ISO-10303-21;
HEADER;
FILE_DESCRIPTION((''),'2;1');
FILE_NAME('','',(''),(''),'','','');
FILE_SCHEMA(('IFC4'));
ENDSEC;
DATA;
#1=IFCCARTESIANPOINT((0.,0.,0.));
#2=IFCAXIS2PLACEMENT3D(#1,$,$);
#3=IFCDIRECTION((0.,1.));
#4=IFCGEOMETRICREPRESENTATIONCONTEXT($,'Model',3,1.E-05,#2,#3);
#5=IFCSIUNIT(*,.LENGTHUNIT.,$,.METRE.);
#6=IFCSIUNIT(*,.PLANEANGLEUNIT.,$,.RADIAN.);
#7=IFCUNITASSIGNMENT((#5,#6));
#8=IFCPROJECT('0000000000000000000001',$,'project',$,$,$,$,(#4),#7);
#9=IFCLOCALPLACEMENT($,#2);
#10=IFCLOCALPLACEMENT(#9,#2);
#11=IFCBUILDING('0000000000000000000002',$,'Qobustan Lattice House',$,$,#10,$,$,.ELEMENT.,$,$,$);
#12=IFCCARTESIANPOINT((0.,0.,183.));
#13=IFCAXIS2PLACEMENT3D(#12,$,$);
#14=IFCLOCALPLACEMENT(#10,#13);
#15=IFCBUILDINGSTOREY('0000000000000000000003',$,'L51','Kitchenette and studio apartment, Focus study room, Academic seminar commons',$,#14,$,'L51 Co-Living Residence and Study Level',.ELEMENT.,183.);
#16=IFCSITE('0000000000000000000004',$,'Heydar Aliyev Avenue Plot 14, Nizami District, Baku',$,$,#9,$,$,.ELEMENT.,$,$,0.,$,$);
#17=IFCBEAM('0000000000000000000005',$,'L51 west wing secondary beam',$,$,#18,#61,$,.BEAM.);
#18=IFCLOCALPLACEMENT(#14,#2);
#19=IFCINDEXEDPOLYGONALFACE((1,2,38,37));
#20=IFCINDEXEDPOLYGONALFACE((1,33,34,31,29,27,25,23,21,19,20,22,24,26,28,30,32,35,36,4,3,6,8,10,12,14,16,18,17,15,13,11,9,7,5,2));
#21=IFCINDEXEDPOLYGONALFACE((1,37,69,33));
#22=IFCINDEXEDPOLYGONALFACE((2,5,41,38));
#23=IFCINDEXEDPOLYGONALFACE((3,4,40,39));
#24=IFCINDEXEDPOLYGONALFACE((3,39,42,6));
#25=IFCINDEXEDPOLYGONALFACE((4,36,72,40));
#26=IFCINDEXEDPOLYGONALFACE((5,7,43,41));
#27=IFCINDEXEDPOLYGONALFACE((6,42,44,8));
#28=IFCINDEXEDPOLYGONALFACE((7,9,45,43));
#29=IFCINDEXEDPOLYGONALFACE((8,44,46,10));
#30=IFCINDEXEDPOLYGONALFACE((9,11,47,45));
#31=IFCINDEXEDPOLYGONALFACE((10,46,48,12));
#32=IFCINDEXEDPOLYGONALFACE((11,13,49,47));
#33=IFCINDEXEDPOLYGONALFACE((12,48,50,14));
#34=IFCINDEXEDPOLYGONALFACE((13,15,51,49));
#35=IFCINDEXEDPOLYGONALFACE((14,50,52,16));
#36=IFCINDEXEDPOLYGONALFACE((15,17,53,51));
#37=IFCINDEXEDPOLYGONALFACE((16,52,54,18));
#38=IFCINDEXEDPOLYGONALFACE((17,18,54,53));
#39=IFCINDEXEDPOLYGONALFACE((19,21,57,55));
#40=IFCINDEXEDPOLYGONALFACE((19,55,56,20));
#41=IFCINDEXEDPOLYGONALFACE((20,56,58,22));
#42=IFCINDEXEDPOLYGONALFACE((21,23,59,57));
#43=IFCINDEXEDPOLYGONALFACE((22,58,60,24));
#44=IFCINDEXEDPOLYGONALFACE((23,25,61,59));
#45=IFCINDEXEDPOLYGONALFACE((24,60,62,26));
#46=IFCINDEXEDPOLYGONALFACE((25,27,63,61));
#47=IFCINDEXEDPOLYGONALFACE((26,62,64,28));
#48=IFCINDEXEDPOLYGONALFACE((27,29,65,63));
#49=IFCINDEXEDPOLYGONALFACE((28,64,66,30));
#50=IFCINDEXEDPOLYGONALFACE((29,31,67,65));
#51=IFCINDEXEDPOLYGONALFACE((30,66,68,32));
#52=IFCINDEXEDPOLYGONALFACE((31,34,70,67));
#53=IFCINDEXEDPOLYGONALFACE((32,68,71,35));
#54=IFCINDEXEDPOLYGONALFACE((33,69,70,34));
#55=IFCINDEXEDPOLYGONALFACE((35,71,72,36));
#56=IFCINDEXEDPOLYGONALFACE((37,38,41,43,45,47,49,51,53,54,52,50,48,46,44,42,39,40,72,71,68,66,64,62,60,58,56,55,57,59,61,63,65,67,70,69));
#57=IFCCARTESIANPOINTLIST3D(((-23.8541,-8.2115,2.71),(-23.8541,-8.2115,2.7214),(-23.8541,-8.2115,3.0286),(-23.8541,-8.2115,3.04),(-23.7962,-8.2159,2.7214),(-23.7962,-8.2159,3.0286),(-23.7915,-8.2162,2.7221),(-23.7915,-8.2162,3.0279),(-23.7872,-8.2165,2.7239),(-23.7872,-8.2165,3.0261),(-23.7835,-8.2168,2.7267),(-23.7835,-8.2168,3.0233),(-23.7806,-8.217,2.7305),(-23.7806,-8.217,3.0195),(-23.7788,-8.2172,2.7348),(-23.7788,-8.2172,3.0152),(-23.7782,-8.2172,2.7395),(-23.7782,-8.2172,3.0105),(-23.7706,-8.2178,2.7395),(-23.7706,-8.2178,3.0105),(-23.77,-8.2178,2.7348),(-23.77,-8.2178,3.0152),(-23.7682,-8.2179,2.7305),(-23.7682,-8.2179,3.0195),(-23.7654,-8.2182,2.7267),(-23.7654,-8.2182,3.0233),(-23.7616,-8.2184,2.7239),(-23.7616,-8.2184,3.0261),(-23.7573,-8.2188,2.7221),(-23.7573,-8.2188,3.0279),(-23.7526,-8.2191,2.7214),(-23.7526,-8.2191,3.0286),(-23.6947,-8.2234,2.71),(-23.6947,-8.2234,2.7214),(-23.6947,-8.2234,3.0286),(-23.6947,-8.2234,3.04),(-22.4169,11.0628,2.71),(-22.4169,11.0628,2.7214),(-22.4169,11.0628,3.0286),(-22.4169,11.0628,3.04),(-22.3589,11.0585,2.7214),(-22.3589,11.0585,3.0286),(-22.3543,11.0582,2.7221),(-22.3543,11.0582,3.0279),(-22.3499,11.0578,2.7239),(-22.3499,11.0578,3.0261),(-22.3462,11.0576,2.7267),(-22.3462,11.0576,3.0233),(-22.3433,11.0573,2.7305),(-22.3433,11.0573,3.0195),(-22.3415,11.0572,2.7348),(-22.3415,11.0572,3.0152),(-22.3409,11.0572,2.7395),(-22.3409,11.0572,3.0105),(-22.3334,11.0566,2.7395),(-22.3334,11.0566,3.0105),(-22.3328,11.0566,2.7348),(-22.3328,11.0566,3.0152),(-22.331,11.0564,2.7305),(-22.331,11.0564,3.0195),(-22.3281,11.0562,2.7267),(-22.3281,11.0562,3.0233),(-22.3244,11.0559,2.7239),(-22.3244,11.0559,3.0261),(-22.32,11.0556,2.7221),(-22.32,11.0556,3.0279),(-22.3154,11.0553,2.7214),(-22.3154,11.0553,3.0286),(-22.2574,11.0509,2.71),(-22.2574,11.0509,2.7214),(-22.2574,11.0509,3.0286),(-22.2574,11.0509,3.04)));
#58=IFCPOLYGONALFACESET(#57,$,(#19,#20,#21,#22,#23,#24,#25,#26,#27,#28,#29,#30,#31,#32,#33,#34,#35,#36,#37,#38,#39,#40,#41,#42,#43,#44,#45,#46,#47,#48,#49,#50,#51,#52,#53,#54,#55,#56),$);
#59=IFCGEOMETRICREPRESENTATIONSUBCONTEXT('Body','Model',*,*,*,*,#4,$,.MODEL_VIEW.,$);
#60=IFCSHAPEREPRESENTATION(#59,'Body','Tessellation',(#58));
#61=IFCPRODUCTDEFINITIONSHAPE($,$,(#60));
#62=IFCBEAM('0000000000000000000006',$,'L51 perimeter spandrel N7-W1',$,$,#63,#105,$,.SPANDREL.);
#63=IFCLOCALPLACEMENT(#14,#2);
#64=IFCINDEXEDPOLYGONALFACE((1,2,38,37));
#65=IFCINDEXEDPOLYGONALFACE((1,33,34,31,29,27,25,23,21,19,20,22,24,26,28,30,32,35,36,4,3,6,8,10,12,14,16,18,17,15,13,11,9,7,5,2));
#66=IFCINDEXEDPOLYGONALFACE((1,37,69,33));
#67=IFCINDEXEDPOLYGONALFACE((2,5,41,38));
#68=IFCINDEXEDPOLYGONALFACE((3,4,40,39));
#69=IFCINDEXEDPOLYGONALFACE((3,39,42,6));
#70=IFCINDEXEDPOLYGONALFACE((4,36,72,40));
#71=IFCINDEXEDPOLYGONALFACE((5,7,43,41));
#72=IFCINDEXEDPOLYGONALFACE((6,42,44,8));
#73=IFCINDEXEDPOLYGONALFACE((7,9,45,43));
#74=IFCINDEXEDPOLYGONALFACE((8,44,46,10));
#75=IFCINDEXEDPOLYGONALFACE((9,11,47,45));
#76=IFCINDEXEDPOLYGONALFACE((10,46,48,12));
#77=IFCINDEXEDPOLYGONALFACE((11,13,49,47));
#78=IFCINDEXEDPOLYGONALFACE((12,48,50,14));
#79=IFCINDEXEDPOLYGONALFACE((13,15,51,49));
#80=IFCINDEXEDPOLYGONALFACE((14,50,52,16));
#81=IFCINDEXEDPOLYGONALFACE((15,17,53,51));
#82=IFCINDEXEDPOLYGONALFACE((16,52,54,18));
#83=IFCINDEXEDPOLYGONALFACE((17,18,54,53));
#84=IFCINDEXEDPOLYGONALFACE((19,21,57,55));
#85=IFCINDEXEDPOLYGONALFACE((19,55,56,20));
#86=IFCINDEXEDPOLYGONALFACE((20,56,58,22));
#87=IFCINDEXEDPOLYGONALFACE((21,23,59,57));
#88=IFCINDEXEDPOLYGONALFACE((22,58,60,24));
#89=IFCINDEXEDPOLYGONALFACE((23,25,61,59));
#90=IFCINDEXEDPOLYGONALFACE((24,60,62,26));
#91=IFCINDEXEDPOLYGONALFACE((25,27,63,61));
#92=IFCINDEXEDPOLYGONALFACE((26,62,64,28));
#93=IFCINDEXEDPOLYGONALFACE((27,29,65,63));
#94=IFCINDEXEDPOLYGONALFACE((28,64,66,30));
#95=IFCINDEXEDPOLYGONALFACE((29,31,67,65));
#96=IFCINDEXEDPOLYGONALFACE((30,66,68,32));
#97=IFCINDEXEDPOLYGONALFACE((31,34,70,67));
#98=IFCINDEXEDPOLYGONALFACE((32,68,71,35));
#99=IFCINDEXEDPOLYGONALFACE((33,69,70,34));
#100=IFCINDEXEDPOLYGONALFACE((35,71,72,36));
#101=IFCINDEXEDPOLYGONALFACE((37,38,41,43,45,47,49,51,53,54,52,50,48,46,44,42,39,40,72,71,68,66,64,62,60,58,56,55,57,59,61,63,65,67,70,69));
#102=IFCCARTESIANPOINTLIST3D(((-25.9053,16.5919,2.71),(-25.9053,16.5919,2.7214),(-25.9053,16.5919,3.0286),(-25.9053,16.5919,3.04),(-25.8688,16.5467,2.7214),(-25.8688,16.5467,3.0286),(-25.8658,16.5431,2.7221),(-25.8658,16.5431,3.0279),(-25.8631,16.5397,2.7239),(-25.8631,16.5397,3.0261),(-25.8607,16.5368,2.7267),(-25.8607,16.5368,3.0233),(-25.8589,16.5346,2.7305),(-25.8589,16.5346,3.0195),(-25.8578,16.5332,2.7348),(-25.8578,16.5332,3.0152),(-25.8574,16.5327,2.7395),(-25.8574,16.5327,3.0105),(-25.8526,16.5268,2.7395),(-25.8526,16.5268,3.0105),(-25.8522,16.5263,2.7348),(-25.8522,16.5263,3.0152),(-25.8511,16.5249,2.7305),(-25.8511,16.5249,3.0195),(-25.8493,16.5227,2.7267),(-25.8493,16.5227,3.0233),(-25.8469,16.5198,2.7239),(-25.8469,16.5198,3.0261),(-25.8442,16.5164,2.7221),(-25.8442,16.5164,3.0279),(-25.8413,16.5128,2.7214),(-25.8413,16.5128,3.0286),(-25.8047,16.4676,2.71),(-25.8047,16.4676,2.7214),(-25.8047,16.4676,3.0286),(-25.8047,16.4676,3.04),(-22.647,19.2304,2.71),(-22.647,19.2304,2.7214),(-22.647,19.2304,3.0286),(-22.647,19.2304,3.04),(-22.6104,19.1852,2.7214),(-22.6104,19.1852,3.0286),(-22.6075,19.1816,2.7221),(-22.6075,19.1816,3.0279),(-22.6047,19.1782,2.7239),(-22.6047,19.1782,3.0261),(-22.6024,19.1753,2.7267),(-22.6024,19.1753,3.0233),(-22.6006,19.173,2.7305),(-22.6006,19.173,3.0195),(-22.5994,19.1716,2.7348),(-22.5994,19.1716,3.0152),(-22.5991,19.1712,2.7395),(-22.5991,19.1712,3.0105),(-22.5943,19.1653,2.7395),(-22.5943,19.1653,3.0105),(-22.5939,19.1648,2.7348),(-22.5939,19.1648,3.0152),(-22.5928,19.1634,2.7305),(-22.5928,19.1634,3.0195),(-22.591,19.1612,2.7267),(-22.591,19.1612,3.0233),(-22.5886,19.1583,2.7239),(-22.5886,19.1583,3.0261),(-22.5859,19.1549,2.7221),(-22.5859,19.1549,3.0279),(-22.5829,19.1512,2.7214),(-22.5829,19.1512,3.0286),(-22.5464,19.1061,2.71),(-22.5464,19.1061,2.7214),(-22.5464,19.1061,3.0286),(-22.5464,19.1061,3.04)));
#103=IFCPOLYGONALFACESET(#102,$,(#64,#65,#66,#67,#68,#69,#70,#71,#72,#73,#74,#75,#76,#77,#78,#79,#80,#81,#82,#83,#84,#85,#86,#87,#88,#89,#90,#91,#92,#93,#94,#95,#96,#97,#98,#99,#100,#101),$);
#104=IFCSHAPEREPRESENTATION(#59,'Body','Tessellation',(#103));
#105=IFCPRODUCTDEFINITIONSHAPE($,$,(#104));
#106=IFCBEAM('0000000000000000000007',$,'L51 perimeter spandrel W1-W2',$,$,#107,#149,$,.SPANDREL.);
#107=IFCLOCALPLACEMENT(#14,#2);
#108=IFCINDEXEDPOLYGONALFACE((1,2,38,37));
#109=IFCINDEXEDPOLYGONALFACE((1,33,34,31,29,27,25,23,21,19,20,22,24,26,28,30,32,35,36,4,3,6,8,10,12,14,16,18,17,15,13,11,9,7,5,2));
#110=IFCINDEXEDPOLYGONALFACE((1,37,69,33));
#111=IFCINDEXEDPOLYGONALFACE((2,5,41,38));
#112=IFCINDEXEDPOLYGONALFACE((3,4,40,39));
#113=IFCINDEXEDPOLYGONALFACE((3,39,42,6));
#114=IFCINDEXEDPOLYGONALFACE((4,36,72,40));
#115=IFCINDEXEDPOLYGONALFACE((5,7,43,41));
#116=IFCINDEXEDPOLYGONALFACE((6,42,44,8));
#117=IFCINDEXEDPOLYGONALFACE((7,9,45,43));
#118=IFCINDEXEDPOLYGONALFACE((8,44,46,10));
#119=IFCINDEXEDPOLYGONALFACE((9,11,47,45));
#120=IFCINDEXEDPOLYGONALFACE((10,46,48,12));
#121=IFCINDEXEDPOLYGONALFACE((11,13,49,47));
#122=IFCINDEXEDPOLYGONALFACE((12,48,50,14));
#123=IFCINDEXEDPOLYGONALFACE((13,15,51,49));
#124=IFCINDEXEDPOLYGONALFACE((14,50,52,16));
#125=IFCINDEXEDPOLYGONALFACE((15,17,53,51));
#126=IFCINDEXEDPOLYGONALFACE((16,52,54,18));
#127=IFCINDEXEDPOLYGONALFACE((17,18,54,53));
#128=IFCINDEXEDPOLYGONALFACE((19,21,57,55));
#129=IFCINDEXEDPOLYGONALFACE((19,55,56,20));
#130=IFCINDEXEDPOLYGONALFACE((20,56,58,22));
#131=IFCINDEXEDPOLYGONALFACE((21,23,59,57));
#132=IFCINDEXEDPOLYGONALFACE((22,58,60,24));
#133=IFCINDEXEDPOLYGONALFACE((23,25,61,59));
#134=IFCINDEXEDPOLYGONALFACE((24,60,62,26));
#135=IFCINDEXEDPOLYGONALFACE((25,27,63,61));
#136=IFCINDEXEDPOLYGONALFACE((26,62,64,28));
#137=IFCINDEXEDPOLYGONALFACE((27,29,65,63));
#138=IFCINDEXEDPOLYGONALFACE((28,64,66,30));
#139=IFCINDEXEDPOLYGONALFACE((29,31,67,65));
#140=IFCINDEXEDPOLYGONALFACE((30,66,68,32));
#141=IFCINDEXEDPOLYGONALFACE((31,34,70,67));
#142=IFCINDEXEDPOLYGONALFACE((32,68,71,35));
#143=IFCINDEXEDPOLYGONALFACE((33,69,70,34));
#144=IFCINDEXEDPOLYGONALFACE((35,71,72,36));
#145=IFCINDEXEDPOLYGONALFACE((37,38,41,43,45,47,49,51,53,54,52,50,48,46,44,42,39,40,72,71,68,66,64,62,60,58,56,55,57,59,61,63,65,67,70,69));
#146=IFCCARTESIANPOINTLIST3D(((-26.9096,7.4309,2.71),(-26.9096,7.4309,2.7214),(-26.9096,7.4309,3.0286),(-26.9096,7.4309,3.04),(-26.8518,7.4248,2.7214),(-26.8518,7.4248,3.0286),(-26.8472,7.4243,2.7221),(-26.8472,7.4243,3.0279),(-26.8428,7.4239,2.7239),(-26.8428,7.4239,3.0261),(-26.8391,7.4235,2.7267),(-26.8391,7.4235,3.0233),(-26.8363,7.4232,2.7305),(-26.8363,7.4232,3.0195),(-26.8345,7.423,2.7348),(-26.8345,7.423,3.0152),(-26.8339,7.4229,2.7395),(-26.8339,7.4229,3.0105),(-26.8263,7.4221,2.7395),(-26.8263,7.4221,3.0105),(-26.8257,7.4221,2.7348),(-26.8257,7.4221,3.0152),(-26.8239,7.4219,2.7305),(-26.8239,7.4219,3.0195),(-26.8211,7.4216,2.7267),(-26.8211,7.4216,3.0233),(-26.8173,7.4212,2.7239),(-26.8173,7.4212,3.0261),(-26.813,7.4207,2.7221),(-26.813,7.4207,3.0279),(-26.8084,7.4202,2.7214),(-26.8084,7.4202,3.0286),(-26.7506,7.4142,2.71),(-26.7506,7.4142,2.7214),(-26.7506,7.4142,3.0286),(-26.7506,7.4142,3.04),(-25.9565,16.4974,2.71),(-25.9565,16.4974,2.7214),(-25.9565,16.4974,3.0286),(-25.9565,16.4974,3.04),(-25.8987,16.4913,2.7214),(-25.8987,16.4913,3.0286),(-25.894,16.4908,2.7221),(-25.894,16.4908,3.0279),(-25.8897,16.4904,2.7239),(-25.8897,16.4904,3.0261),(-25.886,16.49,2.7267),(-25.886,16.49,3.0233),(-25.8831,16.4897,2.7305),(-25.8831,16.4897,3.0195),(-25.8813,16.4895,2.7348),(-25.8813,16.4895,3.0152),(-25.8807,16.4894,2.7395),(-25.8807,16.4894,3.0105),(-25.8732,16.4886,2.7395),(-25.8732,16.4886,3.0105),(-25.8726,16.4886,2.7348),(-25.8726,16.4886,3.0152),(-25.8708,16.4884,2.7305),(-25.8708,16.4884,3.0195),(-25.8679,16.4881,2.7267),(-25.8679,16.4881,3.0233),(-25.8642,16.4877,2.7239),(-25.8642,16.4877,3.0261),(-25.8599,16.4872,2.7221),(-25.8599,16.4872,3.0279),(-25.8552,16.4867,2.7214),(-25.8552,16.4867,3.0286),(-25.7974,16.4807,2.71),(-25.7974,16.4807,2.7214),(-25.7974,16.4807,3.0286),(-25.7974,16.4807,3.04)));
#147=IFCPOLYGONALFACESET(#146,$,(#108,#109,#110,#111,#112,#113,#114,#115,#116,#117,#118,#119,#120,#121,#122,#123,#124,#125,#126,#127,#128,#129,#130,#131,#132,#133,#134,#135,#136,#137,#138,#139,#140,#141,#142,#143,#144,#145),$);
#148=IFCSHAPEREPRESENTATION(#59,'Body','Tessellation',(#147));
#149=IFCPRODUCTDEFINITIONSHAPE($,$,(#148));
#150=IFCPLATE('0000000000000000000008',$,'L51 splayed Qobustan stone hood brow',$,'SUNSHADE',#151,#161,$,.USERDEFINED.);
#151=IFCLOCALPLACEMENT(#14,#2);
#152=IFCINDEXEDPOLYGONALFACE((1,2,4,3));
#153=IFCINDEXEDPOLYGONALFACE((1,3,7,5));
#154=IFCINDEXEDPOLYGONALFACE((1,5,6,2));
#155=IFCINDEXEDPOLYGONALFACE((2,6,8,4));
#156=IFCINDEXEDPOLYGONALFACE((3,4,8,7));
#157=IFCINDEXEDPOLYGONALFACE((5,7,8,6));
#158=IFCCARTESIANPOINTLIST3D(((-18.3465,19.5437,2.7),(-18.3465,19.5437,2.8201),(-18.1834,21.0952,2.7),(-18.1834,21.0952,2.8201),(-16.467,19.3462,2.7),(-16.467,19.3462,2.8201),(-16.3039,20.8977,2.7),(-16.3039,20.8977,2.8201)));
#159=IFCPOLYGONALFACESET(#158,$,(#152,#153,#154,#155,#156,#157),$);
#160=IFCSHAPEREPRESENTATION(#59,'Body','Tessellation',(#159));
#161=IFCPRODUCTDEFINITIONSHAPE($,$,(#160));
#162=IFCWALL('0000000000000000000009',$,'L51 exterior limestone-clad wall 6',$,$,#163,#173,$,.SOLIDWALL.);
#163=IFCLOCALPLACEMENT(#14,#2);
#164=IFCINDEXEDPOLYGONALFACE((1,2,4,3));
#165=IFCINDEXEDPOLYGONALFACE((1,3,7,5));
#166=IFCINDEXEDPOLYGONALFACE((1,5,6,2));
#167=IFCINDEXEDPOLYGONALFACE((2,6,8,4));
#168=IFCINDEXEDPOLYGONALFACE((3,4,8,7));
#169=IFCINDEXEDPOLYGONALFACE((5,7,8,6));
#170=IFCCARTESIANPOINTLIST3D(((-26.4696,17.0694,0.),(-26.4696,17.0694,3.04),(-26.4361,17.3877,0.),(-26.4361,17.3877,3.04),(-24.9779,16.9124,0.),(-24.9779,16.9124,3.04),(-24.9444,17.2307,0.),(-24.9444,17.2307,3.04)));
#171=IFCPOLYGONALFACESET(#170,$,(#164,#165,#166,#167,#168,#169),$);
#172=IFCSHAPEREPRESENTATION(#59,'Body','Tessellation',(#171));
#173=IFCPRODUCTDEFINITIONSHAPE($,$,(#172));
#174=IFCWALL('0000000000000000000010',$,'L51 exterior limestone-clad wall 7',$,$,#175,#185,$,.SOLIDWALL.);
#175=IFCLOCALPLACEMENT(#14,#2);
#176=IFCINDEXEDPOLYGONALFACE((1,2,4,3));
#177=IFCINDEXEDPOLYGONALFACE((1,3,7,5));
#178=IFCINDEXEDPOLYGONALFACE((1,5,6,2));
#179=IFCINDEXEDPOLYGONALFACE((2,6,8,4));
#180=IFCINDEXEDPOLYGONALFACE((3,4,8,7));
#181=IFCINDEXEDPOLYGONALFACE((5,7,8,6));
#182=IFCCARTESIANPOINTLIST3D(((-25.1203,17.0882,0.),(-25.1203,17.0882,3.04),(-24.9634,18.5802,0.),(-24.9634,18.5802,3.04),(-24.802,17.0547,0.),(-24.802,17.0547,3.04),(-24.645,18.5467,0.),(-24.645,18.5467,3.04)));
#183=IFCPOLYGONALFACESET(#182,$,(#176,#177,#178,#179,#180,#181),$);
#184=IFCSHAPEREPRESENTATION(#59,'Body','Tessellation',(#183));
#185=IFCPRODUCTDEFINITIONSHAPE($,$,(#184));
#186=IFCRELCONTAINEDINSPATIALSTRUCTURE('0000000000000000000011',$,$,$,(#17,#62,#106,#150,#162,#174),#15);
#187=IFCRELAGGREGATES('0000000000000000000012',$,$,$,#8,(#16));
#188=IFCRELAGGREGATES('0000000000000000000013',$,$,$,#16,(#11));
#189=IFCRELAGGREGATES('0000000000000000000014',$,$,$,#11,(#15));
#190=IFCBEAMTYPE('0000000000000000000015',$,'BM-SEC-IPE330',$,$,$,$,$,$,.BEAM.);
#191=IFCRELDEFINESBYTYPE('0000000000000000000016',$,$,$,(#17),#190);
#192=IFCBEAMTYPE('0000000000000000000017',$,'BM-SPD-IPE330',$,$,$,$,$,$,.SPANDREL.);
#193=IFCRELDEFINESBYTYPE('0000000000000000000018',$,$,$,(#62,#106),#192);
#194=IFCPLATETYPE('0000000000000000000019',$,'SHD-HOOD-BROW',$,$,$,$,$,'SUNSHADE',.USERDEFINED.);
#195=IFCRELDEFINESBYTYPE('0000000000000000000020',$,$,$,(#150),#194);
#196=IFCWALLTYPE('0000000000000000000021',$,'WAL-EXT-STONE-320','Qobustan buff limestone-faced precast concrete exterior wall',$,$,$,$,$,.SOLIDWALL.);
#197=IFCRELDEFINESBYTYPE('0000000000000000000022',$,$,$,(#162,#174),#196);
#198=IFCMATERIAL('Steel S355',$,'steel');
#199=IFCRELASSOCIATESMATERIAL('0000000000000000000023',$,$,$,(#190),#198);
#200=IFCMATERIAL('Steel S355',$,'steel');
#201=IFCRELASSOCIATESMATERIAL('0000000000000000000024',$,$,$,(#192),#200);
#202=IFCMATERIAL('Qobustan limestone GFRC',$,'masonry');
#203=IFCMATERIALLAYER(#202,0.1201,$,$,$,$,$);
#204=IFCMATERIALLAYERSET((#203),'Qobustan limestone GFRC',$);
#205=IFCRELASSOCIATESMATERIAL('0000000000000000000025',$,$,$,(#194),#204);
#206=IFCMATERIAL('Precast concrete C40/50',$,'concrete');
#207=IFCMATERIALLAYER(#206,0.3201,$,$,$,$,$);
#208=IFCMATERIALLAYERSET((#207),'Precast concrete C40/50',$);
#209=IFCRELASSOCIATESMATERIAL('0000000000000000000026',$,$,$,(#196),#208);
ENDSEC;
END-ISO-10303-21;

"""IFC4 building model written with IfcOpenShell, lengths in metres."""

from ifc_helpers import new_model, si_unit, direction, frame, frame_2d, origin, origin_2d, place, context, subcontext, project, spatial, rectangle, i_section, extrude, material, layer, layer_set, material_profile, profile_set, type_object, element, save


model = new_model("IFC4")

# Units and contexts
model_context = context("Model", 3, precision=1e-05, world=origin(), true_north=direction((0.0, 1.0)))
body_context = subcontext(model_context, "Body", "Model", "MODEL_VIEW")
ifc_project = project(units=[si_unit("LENGTHUNIT", "METRE"), si_unit("PLANEANGLEUNIT", "RADIAN")], contexts=[model_context])

# Site, building, storey
site_placement = place(None, origin())
site = spatial("IfcSite", under=ifc_project, at=site_placement, Name="Heydar Aliyev Avenue Plot 14, Nizami District, Baku", CompositionType="ELEMENT", RefElevation=0.0)
building_placement = place(site_placement, origin())
building = spatial("IfcBuilding", under=site, at=building_placement, Name="Qobustan Lattice House", CompositionType="ELEMENT")
storey_placement = place(building_placement, frame((0.0, 0.0, 183.0)))
storey = spatial("IfcBuildingStorey", under=building, at=storey_placement, Name="L51", Description="Kitchenette and studio apartment, Focus study room, Academic seminar commons", LongName="L51 Co-Living Residence and Study Level", CompositionType="ELEMENT", Elevation=183.0)

# Beams
ifc_material_1 = material(Name="Steel S355", Category="steel")
ifc_material_profile_1 = material_profile(ifc_material_1, i_section(OverallWidth=0.1599, OverallDepth=0.3301, WebThickness=0.0076, FlangeThickness=0.0115, FilletRadius=0.0181, at=origin_2d()), Name="IPE330")
ifc_profile_set_1 = profile_set([ifc_material_profile_1], Name="Steel S355")
beam_type_1 = type_object("IfcBeamType", Name="BM-SEC-IPE330", PredefinedType="BEAM", material=ifc_profile_set_1)
beam_1_placement = place(storey_placement, frame((-22.3372, 11.0569, 2.875), z_axis=(-0.074362, -0.997231, 0.0), x_axis=(0.997231, -0.074362, 0.0)))
element("IfcBeam", 1, at=beam_1_placement, inside=storey, type_object=beam_type_1, Name="L51 west wing secondary beam", PredefinedType="BEAM", context=body_context, shape_type="SweptSolid", body=[
    extrude(i_section(OverallWidth=0.1599, OverallDepth=0.3301, WebThickness=0.0076, FlangeThickness=0.0115, FilletRadius=0.0181, at=origin_2d()), origin(), (0.0, 0.0, 1.0), 19.3279),
])
ifc_material_2 = material(Name="Steel S355", Category="steel")
ifc_material_profile_2 = material_profile(ifc_material_2, i_section(OverallWidth=0.1599, OverallDepth=0.3301, WebThickness=0.0076, FlangeThickness=0.0115, FilletRadius=0.0181, at=origin_2d()), Name="IPE330")
ifc_profile_set_2 = profile_set([ifc_material_profile_2], Name="Steel S355")
beam_type_2 = type_object("IfcBeamType", Name="BM-SPD-IPE330", PredefinedType="SPANDREL", material=ifc_profile_set_2)
beam_2_placement = place(storey_placement, frame((-22.5967, 19.1682, 2.875), z_axis=(-0.777157, -0.629307, 0.0), x_axis=(0.629307, -0.777157, 0.0)))
element("IfcBeam", 2, at=beam_2_placement, inside=storey, type_object=beam_type_2, Name="L51 perimeter spandrel N7-W1", PredefinedType="SPANDREL", context=body_context, shape_type="SweptSolid", body=[
    extrude(i_section(OverallWidth=0.1599, OverallDepth=0.3301, WebThickness=0.0076, FlangeThickness=0.0115, FilletRadius=0.0181, at=origin_2d()), origin(), (0.0, 0.0, 1.0), 4.1926),
])
beam_3_placement = place(storey_placement, frame((-25.877, 16.489, 2.875), z_axis=(-0.104551, -0.99452, 0.0), x_axis=(0.99452, -0.104551, 0.0)))
element("IfcBeam", 3, at=beam_3_placement, inside=storey, type_object=beam_type_2, Name="L51 perimeter spandrel W1-W2", PredefinedType="SPANDREL", context=body_context, shape_type="SweptSolid", body=[
    extrude(i_section(OverallWidth=0.1599, OverallDepth=0.3301, WebThickness=0.0076, FlangeThickness=0.0115, FilletRadius=0.0181, at=origin_2d()), origin(), (0.0, 0.0, 1.0), 9.1165),
])

# Plate
ifc_material_3 = material(Name="Qobustan limestone GFRC", Category="masonry")
ifc_layer_1 = layer(ifc_material_3, 0.1201)
ifc_layer_set_1 = layer_set([ifc_layer_1], Name="Qobustan limestone GFRC")
plate_type = type_object("IfcPlateType", Name="SHD-HOOD-BROW", ElementType="SUNSHADE", PredefinedType="USERDEFINED", material=ifc_layer_set_1)
plate_placement = place(storey_placement, frame((-17.3252, 20.2207, 2.7), z_axis=(0.0, 0.0, 1.0), x_axis=(0.994522, -0.104528, 0.0)))
element("IfcPlate", 4, at=plate_placement, inside=storey, type_object=plate_type, Name="L51 splayed Qobustan stone hood brow", ObjectType="SUNSHADE", PredefinedType="USERDEFINED", context=body_context, shape_type="SweptSolid", body=[
    extrude(rectangle(XDim=1.8899, YDim=1.5601, at=origin_2d()), origin(), (0.0, 0.0, 1.0), 0.1201),
])

# Walls
ifc_material_4 = material(Name="Precast concrete C40/50", Category="concrete")
ifc_layer_2 = layer(ifc_material_4, 0.3201)
ifc_layer_set_2 = layer_set([ifc_layer_2], Name="Precast concrete C40/50")
wall_type_1 = type_object("IfcWallType", Name="WAL-EXT-STONE-320", Description="Qobustan buff limestone-faced precast concrete exterior wall", PredefinedType="SOLIDWALL", material=ifc_layer_set_2)
wall_1_placement = place(storey_placement, frame((-26.4529, 17.2285, 0.0), z_axis=(0.0, 0.0, 1.0), x_axis=(0.994508, -0.104659, 0.0)))
element("IfcWall", 5, at=wall_1_placement, inside=storey, type_object=wall_type_1, Name="L51 exterior limestone-clad wall 6", PredefinedType="SOLIDWALL", context=body_context, shape_type="SweptSolid", body=[
    extrude(rectangle(XDim=1.5, YDim=0.3201, at=frame_2d((0.75, 0.0))), origin(), (0.0, 0.0, 1.0), 3.04),
])
wall_2_placement = place(storey_placement, frame((-24.9612, 17.0715, 0.0), z_axis=(0.0, 0.0, 1.0), x_axis=(0.104642, 0.99451, 0.0)))
element("IfcWall", 6, at=wall_2_placement, inside=storey, type_object=wall_type_1, Name="L51 exterior limestone-clad wall 7", PredefinedType="SOLIDWALL", context=body_context, shape_type="SweptSolid", body=[
    extrude(rectangle(XDim=1.5002, YDim=0.3201, at=frame_2d((0.75, 0.0))), origin(), (0.0, 0.0, 1.0), 3.04),
])

save(model, "model.ifc")
